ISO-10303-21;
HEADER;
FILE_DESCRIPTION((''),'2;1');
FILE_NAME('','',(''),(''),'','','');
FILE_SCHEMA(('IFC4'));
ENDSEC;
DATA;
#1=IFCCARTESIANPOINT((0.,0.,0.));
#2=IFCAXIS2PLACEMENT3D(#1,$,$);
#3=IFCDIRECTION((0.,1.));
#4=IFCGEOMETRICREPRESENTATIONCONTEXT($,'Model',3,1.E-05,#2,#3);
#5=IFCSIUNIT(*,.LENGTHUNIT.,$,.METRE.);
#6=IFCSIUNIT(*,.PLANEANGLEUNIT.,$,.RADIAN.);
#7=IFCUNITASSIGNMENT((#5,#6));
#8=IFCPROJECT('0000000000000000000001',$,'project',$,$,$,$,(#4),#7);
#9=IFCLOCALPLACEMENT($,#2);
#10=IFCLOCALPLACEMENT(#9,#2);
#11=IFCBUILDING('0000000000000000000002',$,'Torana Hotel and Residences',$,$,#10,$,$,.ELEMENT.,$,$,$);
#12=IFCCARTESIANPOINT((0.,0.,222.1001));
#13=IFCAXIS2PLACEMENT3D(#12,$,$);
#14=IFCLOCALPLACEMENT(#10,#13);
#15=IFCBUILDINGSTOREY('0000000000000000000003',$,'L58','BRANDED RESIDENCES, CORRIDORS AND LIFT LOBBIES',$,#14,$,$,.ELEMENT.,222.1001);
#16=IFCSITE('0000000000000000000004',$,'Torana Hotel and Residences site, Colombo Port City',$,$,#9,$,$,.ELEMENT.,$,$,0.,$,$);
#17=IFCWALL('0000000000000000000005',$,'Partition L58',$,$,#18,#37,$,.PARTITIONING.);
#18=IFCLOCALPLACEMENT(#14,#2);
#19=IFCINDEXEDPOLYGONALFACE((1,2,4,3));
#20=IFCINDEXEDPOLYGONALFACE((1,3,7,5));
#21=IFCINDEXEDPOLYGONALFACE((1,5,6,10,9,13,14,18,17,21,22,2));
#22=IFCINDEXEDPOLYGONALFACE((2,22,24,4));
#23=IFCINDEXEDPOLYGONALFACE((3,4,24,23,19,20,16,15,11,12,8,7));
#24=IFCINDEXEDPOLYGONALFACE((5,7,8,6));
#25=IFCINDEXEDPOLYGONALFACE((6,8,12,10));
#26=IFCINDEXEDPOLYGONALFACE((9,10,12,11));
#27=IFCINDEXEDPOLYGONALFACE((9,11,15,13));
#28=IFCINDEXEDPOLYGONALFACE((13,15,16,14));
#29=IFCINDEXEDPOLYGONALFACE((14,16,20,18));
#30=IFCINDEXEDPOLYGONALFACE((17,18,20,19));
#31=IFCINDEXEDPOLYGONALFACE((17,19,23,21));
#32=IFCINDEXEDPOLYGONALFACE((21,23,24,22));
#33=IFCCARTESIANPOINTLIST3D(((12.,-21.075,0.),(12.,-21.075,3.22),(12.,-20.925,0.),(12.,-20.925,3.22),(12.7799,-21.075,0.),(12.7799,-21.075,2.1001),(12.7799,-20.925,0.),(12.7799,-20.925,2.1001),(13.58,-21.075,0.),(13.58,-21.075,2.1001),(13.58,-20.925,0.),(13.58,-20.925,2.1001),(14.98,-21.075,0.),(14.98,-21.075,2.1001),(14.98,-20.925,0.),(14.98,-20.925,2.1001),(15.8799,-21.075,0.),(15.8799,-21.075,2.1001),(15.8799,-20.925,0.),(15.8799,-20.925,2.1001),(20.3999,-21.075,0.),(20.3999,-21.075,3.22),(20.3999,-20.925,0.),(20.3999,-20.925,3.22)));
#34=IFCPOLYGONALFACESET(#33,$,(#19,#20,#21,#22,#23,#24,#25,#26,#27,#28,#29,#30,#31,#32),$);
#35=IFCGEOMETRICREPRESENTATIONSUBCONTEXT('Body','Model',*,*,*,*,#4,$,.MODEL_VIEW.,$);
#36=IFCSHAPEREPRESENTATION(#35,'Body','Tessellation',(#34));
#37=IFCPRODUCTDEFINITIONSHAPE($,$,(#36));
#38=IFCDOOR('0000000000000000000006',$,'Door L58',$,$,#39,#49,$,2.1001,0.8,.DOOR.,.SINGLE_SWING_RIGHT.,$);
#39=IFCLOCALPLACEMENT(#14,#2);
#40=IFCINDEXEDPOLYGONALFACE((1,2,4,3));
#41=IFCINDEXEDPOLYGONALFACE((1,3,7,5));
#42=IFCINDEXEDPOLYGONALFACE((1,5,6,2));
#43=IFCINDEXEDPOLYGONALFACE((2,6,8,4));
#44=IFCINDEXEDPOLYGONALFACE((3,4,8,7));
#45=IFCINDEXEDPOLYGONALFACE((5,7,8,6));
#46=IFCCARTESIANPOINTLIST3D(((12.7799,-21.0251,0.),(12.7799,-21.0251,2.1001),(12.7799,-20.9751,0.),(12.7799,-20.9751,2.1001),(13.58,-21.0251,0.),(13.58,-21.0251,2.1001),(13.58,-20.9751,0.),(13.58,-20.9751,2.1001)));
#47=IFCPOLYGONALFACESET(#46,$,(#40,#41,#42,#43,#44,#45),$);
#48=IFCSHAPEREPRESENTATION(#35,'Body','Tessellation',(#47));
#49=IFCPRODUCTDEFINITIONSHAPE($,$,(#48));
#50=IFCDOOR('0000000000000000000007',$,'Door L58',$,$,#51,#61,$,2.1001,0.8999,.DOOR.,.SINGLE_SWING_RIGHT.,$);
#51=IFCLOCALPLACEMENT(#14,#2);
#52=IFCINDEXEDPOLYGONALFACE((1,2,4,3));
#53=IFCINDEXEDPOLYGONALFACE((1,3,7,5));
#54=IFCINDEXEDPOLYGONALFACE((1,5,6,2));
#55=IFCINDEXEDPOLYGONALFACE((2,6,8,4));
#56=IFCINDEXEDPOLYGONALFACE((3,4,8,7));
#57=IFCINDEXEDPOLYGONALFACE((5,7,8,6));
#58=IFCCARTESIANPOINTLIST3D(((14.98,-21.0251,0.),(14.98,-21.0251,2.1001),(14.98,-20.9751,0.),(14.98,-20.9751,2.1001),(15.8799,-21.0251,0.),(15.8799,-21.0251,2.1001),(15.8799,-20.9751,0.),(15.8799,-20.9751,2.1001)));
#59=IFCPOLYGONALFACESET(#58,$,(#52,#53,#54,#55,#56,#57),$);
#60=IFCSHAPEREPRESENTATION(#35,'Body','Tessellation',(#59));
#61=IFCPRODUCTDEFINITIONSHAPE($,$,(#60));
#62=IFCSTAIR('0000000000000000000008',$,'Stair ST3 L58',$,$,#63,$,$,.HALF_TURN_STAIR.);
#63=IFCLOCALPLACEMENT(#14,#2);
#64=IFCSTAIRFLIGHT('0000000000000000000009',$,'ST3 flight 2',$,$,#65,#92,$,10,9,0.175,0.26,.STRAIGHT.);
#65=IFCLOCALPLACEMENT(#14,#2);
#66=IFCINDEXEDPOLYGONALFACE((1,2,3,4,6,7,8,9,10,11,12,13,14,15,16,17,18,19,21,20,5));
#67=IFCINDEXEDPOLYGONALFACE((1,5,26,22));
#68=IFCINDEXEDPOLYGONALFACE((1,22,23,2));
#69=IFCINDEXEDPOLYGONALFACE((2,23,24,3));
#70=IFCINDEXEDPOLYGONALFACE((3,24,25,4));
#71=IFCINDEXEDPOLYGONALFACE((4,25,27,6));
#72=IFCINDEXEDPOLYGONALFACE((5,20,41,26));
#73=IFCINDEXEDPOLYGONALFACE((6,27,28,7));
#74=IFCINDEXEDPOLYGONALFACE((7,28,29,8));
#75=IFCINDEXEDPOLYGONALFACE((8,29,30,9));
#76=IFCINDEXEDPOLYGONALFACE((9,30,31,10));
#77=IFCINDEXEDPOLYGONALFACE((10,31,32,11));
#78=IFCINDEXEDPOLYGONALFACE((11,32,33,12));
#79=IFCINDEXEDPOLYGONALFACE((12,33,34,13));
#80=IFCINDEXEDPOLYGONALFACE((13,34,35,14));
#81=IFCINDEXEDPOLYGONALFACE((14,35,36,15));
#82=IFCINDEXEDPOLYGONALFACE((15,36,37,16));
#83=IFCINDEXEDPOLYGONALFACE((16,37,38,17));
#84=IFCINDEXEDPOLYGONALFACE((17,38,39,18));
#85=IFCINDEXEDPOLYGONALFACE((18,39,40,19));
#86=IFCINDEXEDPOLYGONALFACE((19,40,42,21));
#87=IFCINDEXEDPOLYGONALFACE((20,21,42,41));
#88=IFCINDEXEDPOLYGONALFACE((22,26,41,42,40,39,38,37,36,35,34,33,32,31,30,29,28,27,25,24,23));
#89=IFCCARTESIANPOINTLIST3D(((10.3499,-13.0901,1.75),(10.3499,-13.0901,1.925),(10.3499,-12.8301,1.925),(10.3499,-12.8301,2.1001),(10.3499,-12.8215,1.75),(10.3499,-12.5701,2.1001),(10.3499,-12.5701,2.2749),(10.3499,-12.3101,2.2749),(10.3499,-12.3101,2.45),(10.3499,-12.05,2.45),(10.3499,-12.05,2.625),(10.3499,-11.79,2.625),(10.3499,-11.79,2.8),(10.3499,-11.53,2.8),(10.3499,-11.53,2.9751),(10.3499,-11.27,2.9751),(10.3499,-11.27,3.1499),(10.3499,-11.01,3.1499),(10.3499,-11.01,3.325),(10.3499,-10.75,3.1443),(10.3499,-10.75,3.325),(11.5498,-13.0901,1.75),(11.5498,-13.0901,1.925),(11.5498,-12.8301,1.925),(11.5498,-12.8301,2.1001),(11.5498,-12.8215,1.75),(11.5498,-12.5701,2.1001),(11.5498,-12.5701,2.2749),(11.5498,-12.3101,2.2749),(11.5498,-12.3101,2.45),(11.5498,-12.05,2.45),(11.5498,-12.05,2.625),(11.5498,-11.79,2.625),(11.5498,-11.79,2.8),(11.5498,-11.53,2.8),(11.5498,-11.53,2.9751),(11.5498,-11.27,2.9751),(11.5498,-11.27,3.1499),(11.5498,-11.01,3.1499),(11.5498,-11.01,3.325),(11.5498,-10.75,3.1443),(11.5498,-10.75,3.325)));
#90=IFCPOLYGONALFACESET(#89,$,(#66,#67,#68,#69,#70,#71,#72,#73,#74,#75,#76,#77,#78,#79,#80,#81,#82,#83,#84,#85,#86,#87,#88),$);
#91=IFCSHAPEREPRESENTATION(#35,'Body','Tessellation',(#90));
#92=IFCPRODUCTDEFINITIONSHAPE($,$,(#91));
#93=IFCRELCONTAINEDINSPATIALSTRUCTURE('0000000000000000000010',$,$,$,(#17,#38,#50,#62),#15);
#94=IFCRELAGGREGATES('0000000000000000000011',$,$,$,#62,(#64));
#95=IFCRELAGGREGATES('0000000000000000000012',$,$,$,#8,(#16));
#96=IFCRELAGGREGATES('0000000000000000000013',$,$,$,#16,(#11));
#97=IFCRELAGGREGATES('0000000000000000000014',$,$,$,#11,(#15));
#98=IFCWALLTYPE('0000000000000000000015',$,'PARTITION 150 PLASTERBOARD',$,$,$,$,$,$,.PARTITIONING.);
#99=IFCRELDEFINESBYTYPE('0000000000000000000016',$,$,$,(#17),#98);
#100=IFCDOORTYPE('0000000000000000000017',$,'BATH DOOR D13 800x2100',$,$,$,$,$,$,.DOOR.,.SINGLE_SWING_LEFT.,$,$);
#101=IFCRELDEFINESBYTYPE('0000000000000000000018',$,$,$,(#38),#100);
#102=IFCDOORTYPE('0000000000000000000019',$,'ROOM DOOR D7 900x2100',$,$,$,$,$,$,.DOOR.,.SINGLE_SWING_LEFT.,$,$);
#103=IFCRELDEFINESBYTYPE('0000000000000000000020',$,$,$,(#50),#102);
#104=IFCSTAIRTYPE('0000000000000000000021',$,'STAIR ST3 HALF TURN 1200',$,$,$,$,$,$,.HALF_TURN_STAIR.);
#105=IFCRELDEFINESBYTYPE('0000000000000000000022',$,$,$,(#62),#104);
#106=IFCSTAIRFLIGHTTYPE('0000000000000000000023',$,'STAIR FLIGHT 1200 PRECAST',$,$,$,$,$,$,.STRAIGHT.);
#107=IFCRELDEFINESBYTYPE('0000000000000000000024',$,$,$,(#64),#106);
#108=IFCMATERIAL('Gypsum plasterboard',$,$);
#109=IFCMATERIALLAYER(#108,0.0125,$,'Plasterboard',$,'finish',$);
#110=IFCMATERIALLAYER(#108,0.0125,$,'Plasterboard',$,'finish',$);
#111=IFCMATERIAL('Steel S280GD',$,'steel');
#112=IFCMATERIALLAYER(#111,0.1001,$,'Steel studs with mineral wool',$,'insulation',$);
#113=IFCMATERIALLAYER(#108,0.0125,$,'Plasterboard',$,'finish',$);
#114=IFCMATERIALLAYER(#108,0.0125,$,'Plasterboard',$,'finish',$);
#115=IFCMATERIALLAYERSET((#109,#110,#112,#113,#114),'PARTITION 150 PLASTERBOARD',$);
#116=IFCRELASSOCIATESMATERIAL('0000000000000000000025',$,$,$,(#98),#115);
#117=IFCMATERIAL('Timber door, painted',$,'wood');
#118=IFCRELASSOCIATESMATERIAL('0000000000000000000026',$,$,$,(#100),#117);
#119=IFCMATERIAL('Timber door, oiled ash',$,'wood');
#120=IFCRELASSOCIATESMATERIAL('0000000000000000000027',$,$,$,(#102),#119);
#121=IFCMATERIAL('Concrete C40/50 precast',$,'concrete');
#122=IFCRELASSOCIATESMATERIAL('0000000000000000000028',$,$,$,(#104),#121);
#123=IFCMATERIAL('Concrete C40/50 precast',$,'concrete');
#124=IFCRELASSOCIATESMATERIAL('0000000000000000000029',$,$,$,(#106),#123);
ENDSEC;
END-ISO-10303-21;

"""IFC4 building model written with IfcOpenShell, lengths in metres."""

from ifc_helpers import new_model, si_unit, direction, frame, frame_2d, origin, place, context, subcontext, project, spatial, polyline, rectangle, outline, extrude, material, layer, layer_set, type_object, element, fill, aggregate, save


model = new_model("IFC4")

# Units and contexts
model_context = context("Model", 3, precision=1e-05, world=origin(), true_north=direction((0.0, 1.0)))
body_context = subcontext(model_context, "Body", "Model", "MODEL_VIEW")
ifc_project = project(units=[si_unit("LENGTHUNIT", "METRE"), si_unit("PLANEANGLEUNIT", "RADIAN")], contexts=[model_context])

# Site, building, storey
site_placement = place(None, origin())
site = spatial("IfcSite", under=ifc_project, at=site_placement, Name="Torana Hotel and Residences site, Colombo Port City", CompositionType="ELEMENT", RefElevation=0.0)
building_placement = place(site_placement, origin())
building = spatial("IfcBuilding", under=site, at=building_placement, Name="Torana Hotel and Residences", CompositionType="ELEMENT")
storey_placement = place(building_placement, frame((0.0, 0.0, 222.1001)))
storey = spatial("IfcBuildingStorey", under=building, at=storey_placement, Name="L58", Description="BRANDED RESIDENCES, CORRIDORS AND LIFT LOBBIES", CompositionType="ELEMENT", Elevation=222.1001)

# Shared definitions
ifc_material_1 = material(Name="Gypsum plasterboard")
ifc_layer_1 = layer(ifc_material_1, 0.0125, Name="Plasterboard", Category="finish")
ifc_layer_2 = layer(ifc_material_1, 0.0125, Name="Plasterboard", Category="finish")
ifc_material_2 = material(Name="Steel S280GD", Category="steel")
ifc_layer_3 = layer(ifc_material_2, 0.1001, Name="Steel studs with mineral wool", Category="insulation")
ifc_layer_4 = layer(ifc_material_1, 0.0125, Name="Plasterboard", Category="finish")
ifc_layer_5 = layer(ifc_material_1, 0.0125, Name="Plasterboard", Category="finish")
ifc_layer_set_1 = layer_set([ifc_layer_1, ifc_layer_2, ifc_layer_3, ifc_layer_4, ifc_layer_5], Name="PARTITION 150 PLASTERBOARD")
wall_type_1 = type_object("IfcWallType", Name="PARTITION 150 PLASTERBOARD", PredefinedType="PARTITIONING", material=ifc_layer_set_1)

# Wall, openings, doors
wall_1_placement = place(storey_placement, frame((12.0, -21.0, 0.0), z_axis=(0.0, 0.0, 1.0), x_axis=(1.0, 0.0, 0.0)))
wall_1 = element("IfcWall", 1, at=wall_1_placement, inside=storey, type_object=wall_type_1, Name="Partition L58", PredefinedType="PARTITIONING", context=body_context, shape_type="SweptSolid", body=[
    extrude(rectangle(XDim=8.3999, YDim=0.1499, at=frame_2d((4.2, 0.0))), origin(), (0.0, 0.0, 1.0), 3.22),
])
opening_1_placement = place(wall_1_placement, frame((0.78, 0.0, 0.0)))
opening_1 = element("IfcOpeningElement", 2, at=opening_1_placement, cuts=wall_1, PredefinedType="OPENING", context=body_context, shape_type="SweptSolid", body=[
    extrude(rectangle(XDim=0.8, YDim=2.1001, at=frame_2d((0.3999, 1.05))), frame((0.0, 0.085, 0.0), z_axis=(0.0, -1.0, 0.0), x_axis=(1.0, 0.0, 0.0)), (0.0, 0.0, 1.0), 0.1699),
])
opening_2_placement = place(wall_1_placement, frame((2.98, 0.0, 0.0)))
opening_2 = element("IfcOpeningElement", 3, at=opening_2_placement, cuts=wall_1, PredefinedType="OPENING", context=body_context, shape_type="SweptSolid", body=[
    extrude(rectangle(XDim=0.8999, YDim=2.1001, at=frame_2d((0.45, 1.05))), frame((0.0, 0.085, 0.0), z_axis=(0.0, -1.0, 0.0), x_axis=(1.0, 0.0, 0.0)), (0.0, 0.0, 1.0), 0.1699),
])
ifc_material_3 = material(Name="Timber door, painted", Category="wood")
door_type_1 = type_object("IfcDoorType", Name="BATH DOOR D13 800x2100", OperationType="SINGLE_SWING_LEFT", PredefinedType="DOOR", material=ifc_material_3)
door_1_placement = place(opening_1_placement, origin())
door_1 = element("IfcDoor", 4, at=door_1_placement, inside=storey, type_object=door_type_1, Name="Door L58", OperationType="SINGLE_SWING_RIGHT", OverallHeight=2.1001, OverallWidth=0.8, PredefinedType="DOOR", context=body_context, shape_type="SweptSolid", body=[
    extrude(rectangle(XDim=0.8, YDim=2.1001, at=frame_2d((0.3999, 1.05))), frame((0.0, 0.0249, 0.0), z_axis=(0.0, -1.0, 0.0), x_axis=(1.0, 0.0, 0.0)), (0.0, 0.0, 1.0), 0.05),
])
fill(opening_1, door_1)
ifc_material_4 = material(Name="Timber door, oiled ash", Category="wood")
door_type_2 = type_object("IfcDoorType", Name="ROOM DOOR D7 900x2100", OperationType="SINGLE_SWING_LEFT", PredefinedType="DOOR", material=ifc_material_4)
door_2_placement = place(opening_2_placement, origin())
door_2 = element("IfcDoor", 5, at=door_2_placement, inside=storey, type_object=door_type_2, Name="Door L58", OperationType="SINGLE_SWING_RIGHT", OverallHeight=2.1001, OverallWidth=0.8999, PredefinedType="DOOR", context=body_context, shape_type="SweptSolid", body=[
    extrude(rectangle(XDim=0.8999, YDim=2.1001, at=frame_2d((0.45, 1.05))), frame((0.0, 0.0249, 0.0), z_axis=(0.0, -1.0, 0.0), x_axis=(1.0, 0.0, 0.0)), (0.0, 0.0, 1.0), 0.05),
])
fill(opening_2, door_2)

# Stair, stair flight
ifc_material_5 = material(Name="Concrete C40/50 precast", Category="concrete")
stair_type = type_object("IfcStairType", Name="STAIR ST3 HALF TURN 1200", PredefinedType="HALF_TURN_STAIR", material=ifc_material_5)
stair_placement = place(storey_placement, origin())
stair = element("IfcStair", 6, at=stair_placement, inside=storey, type_object=stair_type, Name="Stair ST3 L58", PredefinedType="HALF_TURN_STAIR")
ifc_material_6 = material(Name="Concrete C40/50 precast", Category="concrete")
stair_flight_type = type_object("IfcStairFlightType", Name="STAIR FLIGHT 1200 PRECAST", PredefinedType="STRAIGHT", material=ifc_material_6)
stair_flight_placement = place(storey_placement, frame((10.95, -13.0901, 1.75), z_axis=(0.0, 0.0, 1.0), x_axis=(0.0, 1.0, 0.0)))
stair_flight = element("IfcStairFlight", 7, at=stair_flight_placement, type_object=stair_flight_type, Name="ST3 flight 2", NumberOfRisers=10, NumberOfTreads=9, PredefinedType="STRAIGHT", RiserHeight=0.175, TreadLength=0.26, context=body_context, shape_type="SweptSolid", body=[
    extrude(outline(polyline([(0.0, 0.0), (0.0, 0.175), (0.26, 0.175), (0.26, 0.3501), (0.52, 0.3501), (0.52, 0.5249), (0.78, 0.5249), (0.78, 0.7), (1.04, 0.7), (1.04, 0.875), (1.3, 0.875), (1.3, 1.05), (1.5601, 1.05), (1.5601, 1.2251), (1.8201, 1.2251), (1.8201, 1.3999), (2.0801, 1.3999), (2.0801, 1.575), (2.3401, 1.575), (2.3401, 1.75), (2.3401, 1.3943), (0.2686, 0.0), (0.0, 0.0)])), frame((0.0, 0.6001, 0.0), z_axis=(0.0, -1.0, 0.0), x_axis=(1.0, 0.0, 0.0)), (0.0, 0.0, 1.0), 1.2),
])
aggregate(stair, [stair_flight])

save(model, "model.ifc")
